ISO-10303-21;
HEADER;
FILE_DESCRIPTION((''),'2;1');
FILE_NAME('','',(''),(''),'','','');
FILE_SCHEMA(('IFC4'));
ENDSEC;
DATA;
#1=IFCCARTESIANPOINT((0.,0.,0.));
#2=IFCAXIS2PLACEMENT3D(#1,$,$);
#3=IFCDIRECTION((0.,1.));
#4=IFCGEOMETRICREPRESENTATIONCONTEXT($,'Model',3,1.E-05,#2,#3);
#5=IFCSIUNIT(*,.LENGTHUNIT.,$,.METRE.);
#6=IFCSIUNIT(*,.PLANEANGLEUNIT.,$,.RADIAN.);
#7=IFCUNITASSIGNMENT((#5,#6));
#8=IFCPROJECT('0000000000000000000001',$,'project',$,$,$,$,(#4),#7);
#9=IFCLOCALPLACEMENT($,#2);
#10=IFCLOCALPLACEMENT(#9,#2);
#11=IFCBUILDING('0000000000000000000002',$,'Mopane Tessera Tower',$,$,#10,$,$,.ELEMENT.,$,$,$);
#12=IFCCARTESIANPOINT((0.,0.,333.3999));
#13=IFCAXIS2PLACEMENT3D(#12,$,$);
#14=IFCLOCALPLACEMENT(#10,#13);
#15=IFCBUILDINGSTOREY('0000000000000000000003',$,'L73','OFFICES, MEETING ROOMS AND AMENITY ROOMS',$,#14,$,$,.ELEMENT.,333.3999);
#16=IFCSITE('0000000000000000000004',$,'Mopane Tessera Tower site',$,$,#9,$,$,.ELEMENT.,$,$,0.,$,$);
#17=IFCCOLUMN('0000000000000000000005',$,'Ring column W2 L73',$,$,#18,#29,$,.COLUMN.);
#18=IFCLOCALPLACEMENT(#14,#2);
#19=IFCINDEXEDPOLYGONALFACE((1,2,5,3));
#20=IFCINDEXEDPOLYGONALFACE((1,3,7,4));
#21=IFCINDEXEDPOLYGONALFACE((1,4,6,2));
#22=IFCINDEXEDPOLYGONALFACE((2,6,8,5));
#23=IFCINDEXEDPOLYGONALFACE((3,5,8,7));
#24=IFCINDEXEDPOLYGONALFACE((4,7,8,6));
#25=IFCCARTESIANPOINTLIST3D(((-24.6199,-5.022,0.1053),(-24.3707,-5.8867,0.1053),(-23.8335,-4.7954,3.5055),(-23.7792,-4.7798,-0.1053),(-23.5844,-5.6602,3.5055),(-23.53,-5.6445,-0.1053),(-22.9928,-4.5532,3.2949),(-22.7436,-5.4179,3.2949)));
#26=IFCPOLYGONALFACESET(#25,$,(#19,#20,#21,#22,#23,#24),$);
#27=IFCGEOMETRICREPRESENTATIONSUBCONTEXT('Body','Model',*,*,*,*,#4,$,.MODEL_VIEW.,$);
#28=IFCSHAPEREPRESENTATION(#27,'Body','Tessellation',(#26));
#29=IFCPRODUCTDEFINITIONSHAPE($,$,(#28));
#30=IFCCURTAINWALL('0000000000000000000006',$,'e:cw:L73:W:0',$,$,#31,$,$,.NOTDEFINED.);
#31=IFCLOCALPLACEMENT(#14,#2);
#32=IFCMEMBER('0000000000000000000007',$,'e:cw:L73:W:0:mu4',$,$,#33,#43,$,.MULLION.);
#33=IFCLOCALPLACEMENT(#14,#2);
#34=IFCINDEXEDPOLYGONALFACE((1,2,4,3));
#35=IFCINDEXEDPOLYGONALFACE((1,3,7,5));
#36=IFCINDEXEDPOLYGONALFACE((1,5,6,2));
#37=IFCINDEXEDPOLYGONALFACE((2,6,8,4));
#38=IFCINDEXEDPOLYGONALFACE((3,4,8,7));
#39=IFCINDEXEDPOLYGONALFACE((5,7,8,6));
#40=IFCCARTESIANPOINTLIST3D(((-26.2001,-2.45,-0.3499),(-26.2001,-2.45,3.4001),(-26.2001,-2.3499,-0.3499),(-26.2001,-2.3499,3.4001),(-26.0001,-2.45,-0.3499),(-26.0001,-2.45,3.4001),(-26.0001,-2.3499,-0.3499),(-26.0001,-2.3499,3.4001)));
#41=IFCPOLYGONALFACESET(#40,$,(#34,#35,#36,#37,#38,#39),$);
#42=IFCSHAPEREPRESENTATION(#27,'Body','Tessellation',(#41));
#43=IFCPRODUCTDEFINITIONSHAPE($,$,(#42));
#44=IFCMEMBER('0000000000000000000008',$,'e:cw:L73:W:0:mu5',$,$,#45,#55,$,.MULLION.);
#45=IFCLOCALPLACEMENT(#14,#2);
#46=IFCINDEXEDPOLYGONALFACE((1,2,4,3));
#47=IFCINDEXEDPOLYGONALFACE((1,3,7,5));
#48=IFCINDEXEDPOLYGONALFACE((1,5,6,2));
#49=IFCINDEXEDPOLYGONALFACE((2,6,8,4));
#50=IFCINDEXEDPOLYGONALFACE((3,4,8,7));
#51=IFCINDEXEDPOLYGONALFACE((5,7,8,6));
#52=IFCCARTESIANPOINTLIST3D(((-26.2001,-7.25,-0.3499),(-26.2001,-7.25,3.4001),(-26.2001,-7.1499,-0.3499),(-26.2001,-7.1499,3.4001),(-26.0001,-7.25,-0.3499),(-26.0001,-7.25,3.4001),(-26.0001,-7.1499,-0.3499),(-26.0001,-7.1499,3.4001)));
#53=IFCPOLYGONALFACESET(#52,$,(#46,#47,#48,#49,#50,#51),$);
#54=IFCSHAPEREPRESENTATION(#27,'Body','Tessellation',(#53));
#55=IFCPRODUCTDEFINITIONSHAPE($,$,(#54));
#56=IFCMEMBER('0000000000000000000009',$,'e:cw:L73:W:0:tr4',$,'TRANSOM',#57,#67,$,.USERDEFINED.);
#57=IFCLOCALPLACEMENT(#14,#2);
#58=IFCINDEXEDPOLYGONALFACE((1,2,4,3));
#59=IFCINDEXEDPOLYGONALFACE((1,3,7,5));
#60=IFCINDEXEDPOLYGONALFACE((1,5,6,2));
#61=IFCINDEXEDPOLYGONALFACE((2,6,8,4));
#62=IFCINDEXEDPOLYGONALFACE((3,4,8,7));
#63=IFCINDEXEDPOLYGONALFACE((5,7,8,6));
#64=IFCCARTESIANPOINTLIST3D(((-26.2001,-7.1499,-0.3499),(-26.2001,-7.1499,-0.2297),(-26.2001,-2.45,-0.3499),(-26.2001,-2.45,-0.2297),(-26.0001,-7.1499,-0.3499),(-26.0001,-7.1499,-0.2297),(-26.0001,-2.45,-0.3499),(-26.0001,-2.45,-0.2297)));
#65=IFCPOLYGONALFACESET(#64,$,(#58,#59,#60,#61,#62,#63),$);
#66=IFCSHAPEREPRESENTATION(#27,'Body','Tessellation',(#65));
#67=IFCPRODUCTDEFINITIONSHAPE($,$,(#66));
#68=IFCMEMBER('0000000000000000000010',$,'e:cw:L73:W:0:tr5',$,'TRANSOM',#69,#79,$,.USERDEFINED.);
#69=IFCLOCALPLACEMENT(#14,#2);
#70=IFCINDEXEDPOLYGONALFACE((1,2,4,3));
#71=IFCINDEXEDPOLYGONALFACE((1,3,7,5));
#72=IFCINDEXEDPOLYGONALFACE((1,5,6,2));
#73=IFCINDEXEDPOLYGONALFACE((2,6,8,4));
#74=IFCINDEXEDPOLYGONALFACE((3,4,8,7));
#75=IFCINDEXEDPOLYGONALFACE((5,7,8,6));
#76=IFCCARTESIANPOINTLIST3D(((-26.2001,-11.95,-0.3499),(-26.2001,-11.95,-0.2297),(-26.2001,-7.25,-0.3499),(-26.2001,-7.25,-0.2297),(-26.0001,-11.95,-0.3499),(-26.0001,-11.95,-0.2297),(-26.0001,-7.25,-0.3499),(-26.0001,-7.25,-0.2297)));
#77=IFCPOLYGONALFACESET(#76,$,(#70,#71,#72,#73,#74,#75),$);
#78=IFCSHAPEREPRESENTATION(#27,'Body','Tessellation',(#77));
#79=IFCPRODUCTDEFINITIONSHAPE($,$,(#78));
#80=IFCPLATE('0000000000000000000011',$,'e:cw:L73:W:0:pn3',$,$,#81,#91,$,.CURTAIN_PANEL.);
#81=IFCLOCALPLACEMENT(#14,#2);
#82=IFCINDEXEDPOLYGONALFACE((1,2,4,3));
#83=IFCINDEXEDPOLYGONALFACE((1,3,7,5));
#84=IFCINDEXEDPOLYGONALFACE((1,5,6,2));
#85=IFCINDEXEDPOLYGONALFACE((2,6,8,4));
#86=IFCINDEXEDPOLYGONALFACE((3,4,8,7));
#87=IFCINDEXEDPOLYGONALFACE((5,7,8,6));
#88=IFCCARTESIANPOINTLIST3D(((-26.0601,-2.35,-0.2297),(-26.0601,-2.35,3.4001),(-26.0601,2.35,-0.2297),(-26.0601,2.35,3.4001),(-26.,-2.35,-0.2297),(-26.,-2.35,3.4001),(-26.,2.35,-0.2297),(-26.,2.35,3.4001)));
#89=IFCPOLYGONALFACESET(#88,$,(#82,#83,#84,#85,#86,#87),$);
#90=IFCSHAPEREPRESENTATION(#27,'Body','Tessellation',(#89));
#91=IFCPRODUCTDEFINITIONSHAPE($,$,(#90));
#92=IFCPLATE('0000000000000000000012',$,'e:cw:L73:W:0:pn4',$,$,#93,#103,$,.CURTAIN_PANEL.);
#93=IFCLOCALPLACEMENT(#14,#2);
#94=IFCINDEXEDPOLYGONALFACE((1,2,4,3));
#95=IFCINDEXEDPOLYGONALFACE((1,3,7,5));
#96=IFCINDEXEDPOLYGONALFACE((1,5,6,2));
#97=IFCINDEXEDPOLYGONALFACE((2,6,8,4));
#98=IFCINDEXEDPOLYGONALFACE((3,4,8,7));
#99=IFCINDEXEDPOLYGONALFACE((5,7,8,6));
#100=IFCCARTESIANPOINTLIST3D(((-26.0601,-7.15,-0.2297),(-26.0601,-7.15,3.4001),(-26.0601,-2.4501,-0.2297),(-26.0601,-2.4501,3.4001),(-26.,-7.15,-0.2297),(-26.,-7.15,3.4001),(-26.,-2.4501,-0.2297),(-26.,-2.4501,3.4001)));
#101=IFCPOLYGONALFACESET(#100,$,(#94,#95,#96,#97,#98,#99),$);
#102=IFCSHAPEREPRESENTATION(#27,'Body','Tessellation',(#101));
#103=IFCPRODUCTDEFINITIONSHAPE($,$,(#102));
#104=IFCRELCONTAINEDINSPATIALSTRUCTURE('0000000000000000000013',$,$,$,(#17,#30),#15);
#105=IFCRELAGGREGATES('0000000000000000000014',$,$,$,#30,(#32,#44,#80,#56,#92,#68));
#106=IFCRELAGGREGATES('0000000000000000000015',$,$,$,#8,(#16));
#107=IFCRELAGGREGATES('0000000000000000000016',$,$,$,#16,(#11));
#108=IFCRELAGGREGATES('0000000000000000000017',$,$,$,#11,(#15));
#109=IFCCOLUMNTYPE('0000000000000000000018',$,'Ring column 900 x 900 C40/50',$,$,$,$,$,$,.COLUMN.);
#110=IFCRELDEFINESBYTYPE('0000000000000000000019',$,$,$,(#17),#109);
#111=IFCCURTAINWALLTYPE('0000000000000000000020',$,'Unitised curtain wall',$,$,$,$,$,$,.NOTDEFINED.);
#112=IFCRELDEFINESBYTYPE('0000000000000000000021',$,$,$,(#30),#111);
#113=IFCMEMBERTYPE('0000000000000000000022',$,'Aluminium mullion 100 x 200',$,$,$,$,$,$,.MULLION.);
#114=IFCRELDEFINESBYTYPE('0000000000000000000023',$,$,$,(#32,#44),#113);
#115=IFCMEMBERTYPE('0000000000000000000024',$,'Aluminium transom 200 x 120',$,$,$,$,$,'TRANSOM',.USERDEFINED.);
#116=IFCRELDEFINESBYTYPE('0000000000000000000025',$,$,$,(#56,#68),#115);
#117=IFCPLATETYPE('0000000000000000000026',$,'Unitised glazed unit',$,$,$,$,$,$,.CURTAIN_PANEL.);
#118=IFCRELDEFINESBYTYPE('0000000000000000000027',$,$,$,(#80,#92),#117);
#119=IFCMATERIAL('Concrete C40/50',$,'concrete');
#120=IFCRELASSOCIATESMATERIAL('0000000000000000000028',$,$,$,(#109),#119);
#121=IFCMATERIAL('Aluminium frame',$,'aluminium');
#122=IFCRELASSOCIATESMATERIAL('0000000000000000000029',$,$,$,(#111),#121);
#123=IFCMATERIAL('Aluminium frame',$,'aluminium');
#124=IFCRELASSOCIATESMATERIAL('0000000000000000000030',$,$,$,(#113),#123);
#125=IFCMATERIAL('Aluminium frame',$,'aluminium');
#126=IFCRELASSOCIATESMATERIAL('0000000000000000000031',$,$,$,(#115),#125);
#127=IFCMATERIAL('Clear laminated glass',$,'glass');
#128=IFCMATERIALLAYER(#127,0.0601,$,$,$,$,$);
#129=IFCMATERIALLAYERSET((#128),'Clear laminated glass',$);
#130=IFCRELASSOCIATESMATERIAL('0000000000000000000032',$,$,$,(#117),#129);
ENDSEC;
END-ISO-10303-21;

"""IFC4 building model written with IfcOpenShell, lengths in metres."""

from ifc_helpers import new_model, si_unit, direction, frame, origin, origin_2d, place, context, subcontext, project, spatial, rectangle, extrude, material, layer, layer_set, material_profile, profile_set, type_object, element, aggregate, save


model = new_model("IFC4")

# Units and contexts
model_context = context("Model", 3, precision=1e-05, world=origin(), true_north=direction((0.0, 1.0)))
body_context = subcontext(model_context, "Body", "Model", "MODEL_VIEW")
ifc_project = project(units=[si_unit("LENGTHUNIT", "METRE"), si_unit("PLANEANGLEUNIT", "RADIAN")], contexts=[model_context])

# Site, building, storey
site_placement = place(None, origin())
site = spatial("IfcSite", under=ifc_project, at=site_placement, Name="Mopane Tessera Tower site", CompositionType="ELEMENT", RefElevation=0.0)
building_placement = place(site_placement, origin())
building = spatial("IfcBuilding", under=site, at=building_placement, Name="Mopane Tessera Tower", CompositionType="ELEMENT")
storey_placement = place(building_placement, frame((0.0, 0.0, 333.3999)))
storey = spatial("IfcBuildingStorey", under=building, at=storey_placement, Name="L73", Description="OFFICES, MEETING ROOMS AND AMENITY ROOMS", CompositionType="ELEMENT", Elevation=333.3999)

# Column
ifc_material_1 = material(Name="Concrete C40/50", Category="concrete")
ifc_material_profile_1 = material_profile(ifc_material_1, rectangle(XDim=0.8999, YDim=0.8999, at=origin_2d()))
ifc_profile_set_1 = profile_set([ifc_material_profile_1], Name="Concrete C40/50")
column_type = type_object("IfcColumnType", Name="Ring column 900 x 900 C40/50", PredefinedType="COLUMN", material=ifc_profile_set_1)
column_placement = place(storey_placement, frame((-24.075, -5.3333, 0.0), z_axis=(0.224856, 0.064783, 0.972236), x_axis=(-0.276848, 0.960914, 0.0)))
element("IfcColumn", 1, at=column_placement, inside=storey, type_object=column_type, Name="Ring column W2 L73", PredefinedType="COLUMN", context=body_context, shape_type="SweptSolid", body=[
    extrude(rectangle(XDim=0.8999, YDim=0.8999, at=origin_2d()), origin(), (0.0, 0.0, 1.0), 3.4973),
])

# Curtain wall, members, plates
ifc_material_2 = material(Name="Aluminium frame", Category="aluminium")
curtain_wall_type = type_object("IfcCurtainWallType", Name="Unitised curtain wall", PredefinedType="NOTDEFINED", material=ifc_material_2)
curtain_wall_placement = place(storey_placement, origin())
curtain_wall = element("IfcCurtainWall", 2, at=curtain_wall_placement, inside=storey, type_object=curtain_wall_type, Name="e:cw:L73:W:0", PredefinedType="NOTDEFINED")
ifc_material_3 = material(Name="Aluminium frame", Category="aluminium")
ifc_material_profile_2 = material_profile(ifc_material_3, rectangle(XDim=0.1001, YDim=0.2, at=origin_2d()))
ifc_profile_set_2 = profile_set([ifc_material_profile_2], Name="Aluminium frame")
member_type_1 = type_object("IfcMemberType", Name="Aluminium mullion 100 x 200", PredefinedType="MULLION", material=ifc_profile_set_2)
member_1_placement = place(storey_placement, frame((-26.1001, -2.3999, -0.3499), z_axis=(0.0, 0.0, 1.0), x_axis=(0.0, -1.0, 0.0)))
member_1 = element("IfcMember", 3, at=member_1_placement, type_object=member_type_1, Name="e:cw:L73:W:0:mu4", PredefinedType="MULLION", context=body_context, shape_type="SweptSolid", body=[
    extrude(rectangle(XDim=0.1001, YDim=0.2, at=origin_2d()), origin(), (0.0, 0.0, 1.0), 3.75),
])
member_2_placement = place(storey_placement, frame((-26.1001, -7.2, -0.3499), z_axis=(0.0, 0.0, 1.0), x_axis=(0.0, -1.0, 0.0)))
member_2 = element("IfcMember", 4, at=member_2_placement, type_object=member_type_1, Name="e:cw:L73:W:0:mu5", PredefinedType="MULLION", context=body_context, shape_type="SweptSolid", body=[
    extrude(rectangle(XDim=0.1001, YDim=0.2, at=origin_2d()), origin(), (0.0, 0.0, 1.0), 3.75),
])
ifc_material_4 = material(Name="Aluminium frame", Category="aluminium")
ifc_material_profile_3 = material_profile(ifc_material_4, rectangle(XDim=0.2, YDim=0.1201, at=origin_2d()))
ifc_profile_set_3 = profile_set([ifc_material_profile_3], Name="Aluminium frame")
member_type_2 = type_object("IfcMemberType", Name="Aluminium transom 200 x 120", ElementType="TRANSOM", PredefinedType="USERDEFINED", material=ifc_profile_set_3)
member_3_placement = place(storey_placement, frame((-26.1001, -2.45, -0.2898), z_axis=(0.0, -1.0, 0.0), x_axis=(1.0, 0.0, 0.0)))
member_3 = element("IfcMember", 5, at=member_3_placement, type_object=member_type_2, Name="e:cw:L73:W:0:tr4", ObjectType="TRANSOM", PredefinedType="USERDEFINED", context=body_context, shape_type="SweptSolid", body=[
    extrude(rectangle(XDim=0.2, YDim=0.1201, at=origin_2d()), origin(), (0.0, 0.0, 1.0), 4.7),
])
member_4_placement = place(storey_placement, frame((-26.1001, -7.25, -0.2898), z_axis=(0.0, -1.0, 0.0), x_axis=(1.0, 0.0, 0.0)))
member_4 = element("IfcMember", 6, at=member_4_placement, type_object=member_type_2, Name="e:cw:L73:W:0:tr5", ObjectType="TRANSOM", PredefinedType="USERDEFINED", context=body_context, shape_type="SweptSolid", body=[
    extrude(rectangle(XDim=0.2, YDim=0.1201, at=origin_2d()), origin(), (0.0, 0.0, 1.0), 4.7),
])
ifc_material_5 = material(Name="Clear laminated glass", Category="glass")
ifc_layer_1 = layer(ifc_material_5, 0.0601)
ifc_layer_set_1 = layer_set([ifc_layer_1], Name="Clear laminated glass")
plate_type = type_object("IfcPlateType", Name="Unitised glazed unit", PredefinedType="CURTAIN_PANEL", material=ifc_layer_set_1)
plate_1_placement = place(storey_placement, frame((-26.03, 0.0, -0.2297), z_axis=(0.0, 0.0, 1.0), x_axis=(0.0, -1.0, 0.0)))
plate_1 = element("IfcPlate", 7, at=plate_1_placement, type_object=plate_type, Name="e:cw:L73:W:0:pn3", PredefinedType="CURTAIN_PANEL", context=body_context, shape_type="SweptSolid", body=[
    extrude(rectangle(XDim=4.7, YDim=0.0601, at=origin_2d()), origin(), (0.0, 0.0, 1.0), 3.6299),
])
plate_2_placement = place(storey_placement, frame((-26.03, -4.8, -0.2297), z_axis=(0.0, 0.0, 1.0), x_axis=(0.0, -1.0, 0.0)))
plate_2 = element("IfcPlate", 8, at=plate_2_placement, type_object=plate_type, Name="e:cw:L73:W:0:pn4", PredefinedType="CURTAIN_PANEL", context=body_context, shape_type="SweptSolid", body=[
    extrude(rectangle(XDim=4.7, YDim=0.0601, at=origin_2d()), origin(), (0.0, 0.0, 1.0), 3.6299),
])
aggregate(curtain_wall, [member_1, member_2, plate_1, member_3, plate_2, member_4])

save(model, "model.ifc")
